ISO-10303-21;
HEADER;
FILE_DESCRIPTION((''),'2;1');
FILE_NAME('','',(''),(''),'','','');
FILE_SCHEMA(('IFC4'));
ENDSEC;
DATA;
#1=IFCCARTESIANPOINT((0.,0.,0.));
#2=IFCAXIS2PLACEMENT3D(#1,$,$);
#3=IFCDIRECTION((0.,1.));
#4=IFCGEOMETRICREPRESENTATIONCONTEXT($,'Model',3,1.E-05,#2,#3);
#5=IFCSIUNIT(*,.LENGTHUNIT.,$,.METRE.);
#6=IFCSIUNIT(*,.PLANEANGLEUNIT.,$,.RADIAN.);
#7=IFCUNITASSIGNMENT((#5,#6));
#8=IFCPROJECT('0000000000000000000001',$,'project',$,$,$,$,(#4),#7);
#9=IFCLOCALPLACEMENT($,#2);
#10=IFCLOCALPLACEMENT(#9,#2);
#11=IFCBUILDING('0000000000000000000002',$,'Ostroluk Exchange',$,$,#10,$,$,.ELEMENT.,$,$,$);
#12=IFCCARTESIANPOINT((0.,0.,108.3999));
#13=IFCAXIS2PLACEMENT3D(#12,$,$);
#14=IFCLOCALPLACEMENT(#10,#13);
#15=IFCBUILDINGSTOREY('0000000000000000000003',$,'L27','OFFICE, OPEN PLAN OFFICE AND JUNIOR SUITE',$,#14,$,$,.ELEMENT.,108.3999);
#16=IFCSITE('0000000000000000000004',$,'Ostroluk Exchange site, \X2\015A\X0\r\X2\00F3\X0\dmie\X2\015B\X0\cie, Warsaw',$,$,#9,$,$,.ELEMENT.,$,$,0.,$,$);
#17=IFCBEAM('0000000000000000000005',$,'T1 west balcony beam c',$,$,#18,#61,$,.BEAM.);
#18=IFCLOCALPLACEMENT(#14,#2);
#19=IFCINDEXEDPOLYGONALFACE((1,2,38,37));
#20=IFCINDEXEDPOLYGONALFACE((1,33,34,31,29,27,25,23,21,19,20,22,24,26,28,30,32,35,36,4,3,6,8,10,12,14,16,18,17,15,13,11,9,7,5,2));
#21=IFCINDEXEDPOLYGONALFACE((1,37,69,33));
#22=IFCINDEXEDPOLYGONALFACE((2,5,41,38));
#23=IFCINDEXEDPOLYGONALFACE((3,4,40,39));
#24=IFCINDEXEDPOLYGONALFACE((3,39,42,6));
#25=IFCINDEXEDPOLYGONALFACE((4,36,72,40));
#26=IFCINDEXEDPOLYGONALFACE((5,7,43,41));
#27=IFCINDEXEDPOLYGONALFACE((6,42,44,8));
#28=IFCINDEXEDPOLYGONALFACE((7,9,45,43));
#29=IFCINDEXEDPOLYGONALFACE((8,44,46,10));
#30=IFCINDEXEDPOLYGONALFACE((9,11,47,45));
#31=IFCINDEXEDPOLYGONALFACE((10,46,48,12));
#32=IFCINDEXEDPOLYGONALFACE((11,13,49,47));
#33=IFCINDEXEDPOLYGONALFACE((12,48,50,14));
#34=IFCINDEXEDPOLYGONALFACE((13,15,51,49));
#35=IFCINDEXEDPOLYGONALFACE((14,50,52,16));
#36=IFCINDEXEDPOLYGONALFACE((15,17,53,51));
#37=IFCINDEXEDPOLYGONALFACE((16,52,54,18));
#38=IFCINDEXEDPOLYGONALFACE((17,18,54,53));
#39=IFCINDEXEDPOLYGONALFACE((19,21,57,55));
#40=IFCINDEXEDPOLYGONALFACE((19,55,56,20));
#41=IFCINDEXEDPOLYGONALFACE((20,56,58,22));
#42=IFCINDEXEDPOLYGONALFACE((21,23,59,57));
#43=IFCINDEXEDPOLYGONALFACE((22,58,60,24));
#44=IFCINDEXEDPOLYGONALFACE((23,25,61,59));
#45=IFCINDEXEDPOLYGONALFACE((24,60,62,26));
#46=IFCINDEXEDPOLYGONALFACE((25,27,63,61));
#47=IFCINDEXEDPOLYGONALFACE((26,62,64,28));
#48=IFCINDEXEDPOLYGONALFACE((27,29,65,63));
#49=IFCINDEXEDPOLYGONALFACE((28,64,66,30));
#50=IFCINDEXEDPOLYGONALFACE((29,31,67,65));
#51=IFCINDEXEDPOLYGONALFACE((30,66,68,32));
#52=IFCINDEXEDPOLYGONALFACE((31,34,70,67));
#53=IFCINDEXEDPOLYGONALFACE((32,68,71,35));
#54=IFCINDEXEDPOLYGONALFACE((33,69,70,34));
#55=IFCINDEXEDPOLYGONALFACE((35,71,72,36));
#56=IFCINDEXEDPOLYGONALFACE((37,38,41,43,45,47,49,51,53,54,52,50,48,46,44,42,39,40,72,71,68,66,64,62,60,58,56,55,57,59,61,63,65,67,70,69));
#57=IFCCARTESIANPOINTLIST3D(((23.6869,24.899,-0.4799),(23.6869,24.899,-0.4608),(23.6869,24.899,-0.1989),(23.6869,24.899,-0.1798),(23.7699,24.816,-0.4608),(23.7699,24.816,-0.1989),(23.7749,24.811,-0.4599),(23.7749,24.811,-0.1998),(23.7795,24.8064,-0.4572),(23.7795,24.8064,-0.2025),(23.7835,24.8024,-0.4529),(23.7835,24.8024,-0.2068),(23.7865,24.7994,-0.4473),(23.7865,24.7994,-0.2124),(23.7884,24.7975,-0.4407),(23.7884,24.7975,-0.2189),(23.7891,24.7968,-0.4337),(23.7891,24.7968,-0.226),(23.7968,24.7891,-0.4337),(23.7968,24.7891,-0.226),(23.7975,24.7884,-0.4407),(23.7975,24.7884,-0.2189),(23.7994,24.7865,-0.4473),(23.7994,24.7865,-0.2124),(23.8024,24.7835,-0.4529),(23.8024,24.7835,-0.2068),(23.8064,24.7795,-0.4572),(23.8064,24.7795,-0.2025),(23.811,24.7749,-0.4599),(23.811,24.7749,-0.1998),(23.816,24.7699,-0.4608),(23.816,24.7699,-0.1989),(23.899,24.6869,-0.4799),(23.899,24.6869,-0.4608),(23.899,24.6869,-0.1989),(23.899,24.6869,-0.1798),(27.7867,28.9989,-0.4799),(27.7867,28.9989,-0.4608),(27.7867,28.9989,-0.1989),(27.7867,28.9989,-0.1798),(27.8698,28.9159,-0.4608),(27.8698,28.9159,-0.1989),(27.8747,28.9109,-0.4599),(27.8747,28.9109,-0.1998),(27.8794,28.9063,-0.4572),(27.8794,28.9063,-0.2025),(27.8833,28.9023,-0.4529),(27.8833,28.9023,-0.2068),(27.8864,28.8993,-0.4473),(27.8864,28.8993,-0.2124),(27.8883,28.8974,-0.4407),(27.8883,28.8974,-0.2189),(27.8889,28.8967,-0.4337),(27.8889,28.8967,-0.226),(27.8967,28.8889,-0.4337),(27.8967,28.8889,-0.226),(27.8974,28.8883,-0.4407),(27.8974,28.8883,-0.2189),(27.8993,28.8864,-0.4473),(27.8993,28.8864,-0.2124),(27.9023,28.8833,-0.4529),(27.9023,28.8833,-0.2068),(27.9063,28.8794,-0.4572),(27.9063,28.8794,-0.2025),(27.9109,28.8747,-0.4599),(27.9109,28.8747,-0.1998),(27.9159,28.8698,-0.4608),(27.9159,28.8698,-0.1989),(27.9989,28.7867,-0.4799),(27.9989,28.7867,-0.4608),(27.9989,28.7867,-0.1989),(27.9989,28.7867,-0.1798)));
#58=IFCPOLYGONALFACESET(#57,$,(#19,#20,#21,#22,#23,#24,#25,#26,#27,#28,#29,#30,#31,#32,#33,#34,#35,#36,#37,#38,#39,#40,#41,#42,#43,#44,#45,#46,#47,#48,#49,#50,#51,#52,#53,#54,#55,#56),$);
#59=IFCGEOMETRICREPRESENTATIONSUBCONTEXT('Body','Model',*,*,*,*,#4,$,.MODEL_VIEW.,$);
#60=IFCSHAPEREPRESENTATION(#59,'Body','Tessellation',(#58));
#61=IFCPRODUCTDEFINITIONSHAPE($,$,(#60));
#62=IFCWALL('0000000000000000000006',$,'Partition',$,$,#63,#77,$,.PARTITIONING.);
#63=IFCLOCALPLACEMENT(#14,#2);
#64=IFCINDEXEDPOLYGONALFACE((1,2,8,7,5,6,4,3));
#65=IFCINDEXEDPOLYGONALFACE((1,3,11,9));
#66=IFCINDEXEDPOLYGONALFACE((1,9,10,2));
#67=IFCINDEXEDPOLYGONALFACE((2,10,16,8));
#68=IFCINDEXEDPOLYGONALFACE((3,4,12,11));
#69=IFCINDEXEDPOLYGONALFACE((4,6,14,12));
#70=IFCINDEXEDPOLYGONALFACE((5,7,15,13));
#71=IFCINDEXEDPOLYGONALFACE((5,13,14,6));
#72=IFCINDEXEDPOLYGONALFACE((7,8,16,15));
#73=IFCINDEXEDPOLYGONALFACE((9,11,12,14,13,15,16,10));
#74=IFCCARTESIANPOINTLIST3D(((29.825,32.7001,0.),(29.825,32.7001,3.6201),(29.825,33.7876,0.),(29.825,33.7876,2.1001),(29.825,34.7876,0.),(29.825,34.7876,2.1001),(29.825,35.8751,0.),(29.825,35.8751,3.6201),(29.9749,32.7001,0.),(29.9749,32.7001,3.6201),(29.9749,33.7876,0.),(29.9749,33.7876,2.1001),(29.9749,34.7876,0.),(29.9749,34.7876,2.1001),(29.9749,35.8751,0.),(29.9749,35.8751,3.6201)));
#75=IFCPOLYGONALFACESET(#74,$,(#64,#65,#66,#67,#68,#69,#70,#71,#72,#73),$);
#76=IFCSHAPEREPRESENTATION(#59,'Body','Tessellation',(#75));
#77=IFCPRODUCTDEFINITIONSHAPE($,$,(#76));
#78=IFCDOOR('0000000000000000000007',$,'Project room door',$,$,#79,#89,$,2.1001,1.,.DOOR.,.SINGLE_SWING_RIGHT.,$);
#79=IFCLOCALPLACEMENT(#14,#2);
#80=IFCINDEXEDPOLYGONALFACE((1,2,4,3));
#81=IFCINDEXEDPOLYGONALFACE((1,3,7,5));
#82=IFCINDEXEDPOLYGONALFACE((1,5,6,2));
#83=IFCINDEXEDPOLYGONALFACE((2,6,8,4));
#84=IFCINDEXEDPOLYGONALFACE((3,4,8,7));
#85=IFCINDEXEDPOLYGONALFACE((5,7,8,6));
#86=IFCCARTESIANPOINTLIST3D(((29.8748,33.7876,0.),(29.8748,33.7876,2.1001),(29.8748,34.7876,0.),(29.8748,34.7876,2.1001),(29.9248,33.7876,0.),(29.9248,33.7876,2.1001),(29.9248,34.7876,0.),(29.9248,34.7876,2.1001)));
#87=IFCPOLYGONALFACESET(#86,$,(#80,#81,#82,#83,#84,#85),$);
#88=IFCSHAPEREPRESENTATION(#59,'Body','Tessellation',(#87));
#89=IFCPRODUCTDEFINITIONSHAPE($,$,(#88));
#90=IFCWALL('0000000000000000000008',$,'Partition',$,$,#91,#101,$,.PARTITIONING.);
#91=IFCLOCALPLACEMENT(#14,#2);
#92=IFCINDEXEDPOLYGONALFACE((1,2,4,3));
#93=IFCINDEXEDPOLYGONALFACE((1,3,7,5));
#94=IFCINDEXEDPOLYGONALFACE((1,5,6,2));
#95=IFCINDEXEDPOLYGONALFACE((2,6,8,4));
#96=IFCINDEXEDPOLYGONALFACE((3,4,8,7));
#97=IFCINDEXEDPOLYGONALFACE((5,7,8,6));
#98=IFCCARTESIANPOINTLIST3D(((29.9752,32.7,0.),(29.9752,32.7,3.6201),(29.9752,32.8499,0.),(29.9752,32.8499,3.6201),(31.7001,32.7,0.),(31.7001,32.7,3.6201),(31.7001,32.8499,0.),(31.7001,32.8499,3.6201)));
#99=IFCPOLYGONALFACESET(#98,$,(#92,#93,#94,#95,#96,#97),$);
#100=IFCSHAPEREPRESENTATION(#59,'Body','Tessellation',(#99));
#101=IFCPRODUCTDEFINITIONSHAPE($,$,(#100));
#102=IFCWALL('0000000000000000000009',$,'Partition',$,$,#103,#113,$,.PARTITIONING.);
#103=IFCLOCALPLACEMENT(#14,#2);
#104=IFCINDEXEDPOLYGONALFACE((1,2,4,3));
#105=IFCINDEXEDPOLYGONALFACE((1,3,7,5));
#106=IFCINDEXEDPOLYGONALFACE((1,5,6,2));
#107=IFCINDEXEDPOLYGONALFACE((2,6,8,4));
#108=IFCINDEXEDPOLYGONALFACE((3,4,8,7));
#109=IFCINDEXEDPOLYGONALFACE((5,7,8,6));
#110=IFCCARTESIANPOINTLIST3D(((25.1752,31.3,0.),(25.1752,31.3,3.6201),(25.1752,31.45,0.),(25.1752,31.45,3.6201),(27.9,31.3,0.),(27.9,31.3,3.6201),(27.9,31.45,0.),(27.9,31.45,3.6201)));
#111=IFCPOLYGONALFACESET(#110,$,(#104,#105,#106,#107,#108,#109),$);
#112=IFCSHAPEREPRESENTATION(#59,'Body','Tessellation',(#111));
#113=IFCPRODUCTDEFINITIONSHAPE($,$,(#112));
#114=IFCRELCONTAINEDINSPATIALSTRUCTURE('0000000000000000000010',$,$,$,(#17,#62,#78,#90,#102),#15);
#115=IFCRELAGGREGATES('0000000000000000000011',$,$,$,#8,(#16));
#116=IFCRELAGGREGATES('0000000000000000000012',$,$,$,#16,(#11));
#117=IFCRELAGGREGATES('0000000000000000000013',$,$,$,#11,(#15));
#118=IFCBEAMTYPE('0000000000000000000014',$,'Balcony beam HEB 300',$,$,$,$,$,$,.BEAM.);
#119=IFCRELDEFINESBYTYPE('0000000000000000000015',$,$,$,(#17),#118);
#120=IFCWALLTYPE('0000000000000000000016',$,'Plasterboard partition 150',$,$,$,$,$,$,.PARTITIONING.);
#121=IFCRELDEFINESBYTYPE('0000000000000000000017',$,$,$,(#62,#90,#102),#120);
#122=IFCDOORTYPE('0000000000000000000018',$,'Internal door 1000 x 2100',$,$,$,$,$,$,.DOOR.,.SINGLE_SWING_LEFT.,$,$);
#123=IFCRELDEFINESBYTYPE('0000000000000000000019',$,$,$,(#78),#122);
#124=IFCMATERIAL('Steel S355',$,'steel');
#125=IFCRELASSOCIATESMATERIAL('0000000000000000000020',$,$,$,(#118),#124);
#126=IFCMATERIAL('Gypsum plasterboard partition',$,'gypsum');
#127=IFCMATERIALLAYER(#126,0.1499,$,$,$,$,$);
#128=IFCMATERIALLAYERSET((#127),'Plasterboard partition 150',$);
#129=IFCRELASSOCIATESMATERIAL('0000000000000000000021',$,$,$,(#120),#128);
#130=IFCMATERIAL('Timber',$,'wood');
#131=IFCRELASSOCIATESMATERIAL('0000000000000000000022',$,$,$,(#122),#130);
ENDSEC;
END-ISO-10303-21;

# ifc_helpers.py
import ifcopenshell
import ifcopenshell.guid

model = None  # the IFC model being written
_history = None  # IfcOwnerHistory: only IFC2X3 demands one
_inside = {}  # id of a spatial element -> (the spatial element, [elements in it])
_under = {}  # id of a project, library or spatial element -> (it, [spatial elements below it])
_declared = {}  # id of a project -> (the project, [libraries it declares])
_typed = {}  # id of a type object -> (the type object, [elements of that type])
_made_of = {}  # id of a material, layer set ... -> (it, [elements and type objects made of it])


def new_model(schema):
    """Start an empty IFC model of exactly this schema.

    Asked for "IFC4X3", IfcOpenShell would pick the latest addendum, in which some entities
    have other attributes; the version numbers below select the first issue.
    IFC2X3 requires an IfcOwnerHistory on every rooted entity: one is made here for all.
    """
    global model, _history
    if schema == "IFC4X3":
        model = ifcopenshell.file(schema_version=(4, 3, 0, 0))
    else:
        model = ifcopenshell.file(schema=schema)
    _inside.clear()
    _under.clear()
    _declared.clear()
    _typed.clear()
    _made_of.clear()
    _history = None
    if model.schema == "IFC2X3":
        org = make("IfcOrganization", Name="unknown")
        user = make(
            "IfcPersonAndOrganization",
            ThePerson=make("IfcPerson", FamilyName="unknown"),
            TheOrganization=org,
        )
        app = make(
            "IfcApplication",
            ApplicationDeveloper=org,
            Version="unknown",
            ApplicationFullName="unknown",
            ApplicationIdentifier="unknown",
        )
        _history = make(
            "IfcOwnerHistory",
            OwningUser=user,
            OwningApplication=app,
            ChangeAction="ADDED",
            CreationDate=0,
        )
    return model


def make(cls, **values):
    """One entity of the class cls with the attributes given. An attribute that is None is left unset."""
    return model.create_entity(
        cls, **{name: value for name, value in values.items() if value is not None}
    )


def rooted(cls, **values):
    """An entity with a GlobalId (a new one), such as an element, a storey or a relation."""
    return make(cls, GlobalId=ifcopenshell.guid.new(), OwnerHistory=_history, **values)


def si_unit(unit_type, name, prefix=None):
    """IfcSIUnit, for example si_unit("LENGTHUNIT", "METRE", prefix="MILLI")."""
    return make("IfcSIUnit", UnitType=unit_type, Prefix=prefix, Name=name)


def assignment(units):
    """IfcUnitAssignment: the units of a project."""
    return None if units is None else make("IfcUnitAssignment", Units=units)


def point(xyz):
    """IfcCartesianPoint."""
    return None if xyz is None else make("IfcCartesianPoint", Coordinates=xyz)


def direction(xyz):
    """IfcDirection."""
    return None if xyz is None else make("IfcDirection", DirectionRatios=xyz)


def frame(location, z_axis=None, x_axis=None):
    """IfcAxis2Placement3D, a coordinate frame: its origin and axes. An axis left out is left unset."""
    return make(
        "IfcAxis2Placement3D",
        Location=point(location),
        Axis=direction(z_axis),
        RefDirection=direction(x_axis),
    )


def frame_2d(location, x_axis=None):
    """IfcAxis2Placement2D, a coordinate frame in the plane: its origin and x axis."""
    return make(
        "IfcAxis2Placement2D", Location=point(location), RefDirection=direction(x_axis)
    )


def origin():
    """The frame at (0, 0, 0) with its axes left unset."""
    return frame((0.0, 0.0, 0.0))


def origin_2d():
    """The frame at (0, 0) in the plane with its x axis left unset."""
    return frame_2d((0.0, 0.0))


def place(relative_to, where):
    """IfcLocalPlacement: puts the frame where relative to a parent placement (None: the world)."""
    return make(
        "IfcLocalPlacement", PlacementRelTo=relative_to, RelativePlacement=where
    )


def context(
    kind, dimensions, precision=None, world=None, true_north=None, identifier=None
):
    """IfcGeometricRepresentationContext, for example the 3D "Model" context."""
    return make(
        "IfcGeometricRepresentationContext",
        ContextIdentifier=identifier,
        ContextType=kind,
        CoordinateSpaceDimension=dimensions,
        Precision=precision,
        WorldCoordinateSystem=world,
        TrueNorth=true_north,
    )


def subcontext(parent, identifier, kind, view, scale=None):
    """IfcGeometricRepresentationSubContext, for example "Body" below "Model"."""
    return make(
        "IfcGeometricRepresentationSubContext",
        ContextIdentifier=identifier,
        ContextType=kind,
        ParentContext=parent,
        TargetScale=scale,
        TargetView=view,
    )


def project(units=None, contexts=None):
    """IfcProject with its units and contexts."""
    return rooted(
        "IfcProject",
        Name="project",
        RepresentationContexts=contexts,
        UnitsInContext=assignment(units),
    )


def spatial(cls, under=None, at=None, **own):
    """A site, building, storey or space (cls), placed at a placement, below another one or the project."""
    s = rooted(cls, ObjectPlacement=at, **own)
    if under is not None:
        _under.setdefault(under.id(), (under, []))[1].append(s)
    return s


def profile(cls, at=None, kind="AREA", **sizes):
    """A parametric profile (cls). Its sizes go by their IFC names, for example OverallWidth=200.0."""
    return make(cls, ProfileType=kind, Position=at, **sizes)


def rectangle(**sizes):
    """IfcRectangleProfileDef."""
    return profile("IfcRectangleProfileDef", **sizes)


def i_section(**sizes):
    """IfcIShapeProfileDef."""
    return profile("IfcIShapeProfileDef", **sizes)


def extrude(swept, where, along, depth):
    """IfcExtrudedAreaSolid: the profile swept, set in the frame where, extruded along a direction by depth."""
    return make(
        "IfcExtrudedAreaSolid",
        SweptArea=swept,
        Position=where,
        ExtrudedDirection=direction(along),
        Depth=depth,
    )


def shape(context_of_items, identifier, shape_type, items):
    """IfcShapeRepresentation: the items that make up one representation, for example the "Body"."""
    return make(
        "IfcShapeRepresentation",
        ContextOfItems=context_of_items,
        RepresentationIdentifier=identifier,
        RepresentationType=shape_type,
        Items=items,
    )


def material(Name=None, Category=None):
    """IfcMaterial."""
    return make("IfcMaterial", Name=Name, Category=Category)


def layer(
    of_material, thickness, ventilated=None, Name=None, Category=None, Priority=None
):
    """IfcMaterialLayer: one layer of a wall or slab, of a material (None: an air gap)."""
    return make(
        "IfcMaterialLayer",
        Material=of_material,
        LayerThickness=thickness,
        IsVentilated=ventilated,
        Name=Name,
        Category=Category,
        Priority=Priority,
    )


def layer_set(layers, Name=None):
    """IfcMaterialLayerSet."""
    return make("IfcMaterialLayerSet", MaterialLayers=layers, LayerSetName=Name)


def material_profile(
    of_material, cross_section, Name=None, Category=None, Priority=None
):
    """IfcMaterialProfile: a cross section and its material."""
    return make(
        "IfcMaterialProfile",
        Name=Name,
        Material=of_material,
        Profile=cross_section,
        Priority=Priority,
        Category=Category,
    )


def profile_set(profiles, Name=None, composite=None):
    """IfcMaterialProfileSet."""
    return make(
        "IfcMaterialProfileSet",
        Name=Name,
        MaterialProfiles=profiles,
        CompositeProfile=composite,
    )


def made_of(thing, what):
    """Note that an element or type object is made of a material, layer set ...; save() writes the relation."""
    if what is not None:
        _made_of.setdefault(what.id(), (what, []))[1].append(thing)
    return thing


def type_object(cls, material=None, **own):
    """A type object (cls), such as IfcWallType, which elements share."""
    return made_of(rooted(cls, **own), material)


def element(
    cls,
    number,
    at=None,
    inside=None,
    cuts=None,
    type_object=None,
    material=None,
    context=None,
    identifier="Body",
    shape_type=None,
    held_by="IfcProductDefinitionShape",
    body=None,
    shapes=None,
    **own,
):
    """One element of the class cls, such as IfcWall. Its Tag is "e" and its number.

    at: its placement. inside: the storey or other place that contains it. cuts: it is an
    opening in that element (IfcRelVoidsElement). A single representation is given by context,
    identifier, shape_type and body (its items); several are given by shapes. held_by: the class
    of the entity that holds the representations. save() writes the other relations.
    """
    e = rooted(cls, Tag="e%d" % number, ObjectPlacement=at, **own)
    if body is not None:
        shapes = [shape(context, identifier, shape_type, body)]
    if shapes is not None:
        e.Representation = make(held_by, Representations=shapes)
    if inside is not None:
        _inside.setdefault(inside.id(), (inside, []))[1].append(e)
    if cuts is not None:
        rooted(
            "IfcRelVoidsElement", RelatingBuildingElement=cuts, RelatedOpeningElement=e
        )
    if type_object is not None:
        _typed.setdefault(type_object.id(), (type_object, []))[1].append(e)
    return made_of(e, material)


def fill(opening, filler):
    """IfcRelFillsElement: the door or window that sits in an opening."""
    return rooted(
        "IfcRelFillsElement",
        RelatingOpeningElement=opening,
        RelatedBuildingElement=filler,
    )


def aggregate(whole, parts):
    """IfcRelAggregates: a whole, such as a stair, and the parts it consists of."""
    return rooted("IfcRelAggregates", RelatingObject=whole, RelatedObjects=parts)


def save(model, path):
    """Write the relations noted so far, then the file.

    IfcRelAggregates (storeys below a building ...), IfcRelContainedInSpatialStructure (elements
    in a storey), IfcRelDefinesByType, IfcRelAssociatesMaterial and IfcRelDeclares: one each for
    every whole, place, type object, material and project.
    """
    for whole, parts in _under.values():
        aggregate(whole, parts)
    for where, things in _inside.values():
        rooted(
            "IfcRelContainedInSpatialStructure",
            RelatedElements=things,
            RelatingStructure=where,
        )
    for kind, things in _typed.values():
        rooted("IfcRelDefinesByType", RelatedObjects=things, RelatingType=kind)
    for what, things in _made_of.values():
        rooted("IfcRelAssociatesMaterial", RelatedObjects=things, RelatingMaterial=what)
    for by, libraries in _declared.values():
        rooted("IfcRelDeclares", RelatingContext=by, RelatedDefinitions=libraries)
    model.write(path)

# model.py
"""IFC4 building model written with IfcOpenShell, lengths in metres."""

from ifc_helpers import new_model, si_unit, direction, frame, frame_2d, origin, origin_2d, place, context, subcontext, project, spatial, rectangle, i_section, extrude, material, layer, layer_set, material_profile, profile_set, type_object, element, fill, save


model = new_model("IFC4")

# Units and contexts
model_context = context("Model", 3, precision=1e-05, world=origin(), true_north=direction((0.0, 1.0)))
body_context = subcontext(model_context, "Body", "Model", "MODEL_VIEW")
ifc_project = project(units=[si_unit("LENGTHUNIT", "METRE"), si_unit("PLANEANGLEUNIT", "RADIAN")], contexts=[model_context])

# Site, building, storey
site_placement = place(None, origin())
site = spatial("IfcSite", under=ifc_project, at=site_placement, Name="Ostroluk Exchange site, Śródmieście, Warsaw", CompositionType="ELEMENT", RefElevation=0.0)
building_placement = place(site_placement, origin())
building = spatial("IfcBuilding", under=site, at=building_placement, Name="Ostroluk Exchange", CompositionType="ELEMENT")
storey_placement = place(building_placement, frame((0.0, 0.0, 108.3999)))
storey = spatial("IfcBuildingStorey", under=building, at=storey_placement, Name="L27", Description="OFFICE, OPEN PLAN OFFICE AND JUNIOR SUITE", CompositionType="ELEMENT", Elevation=108.3999)

# Beam
ifc_material_1 = material(Name="Steel S355", Category="steel")
ifc_material_profile = material_profile(ifc_material_1, i_section(OverallWidth=0.3, OverallDepth=0.3, WebThickness=0.011, FlangeThickness=0.019, FilletRadius=0.0271, at=origin_2d()), Name="HEB 300")
ifc_profile_set = profile_set([ifc_material_profile], Name="Steel S355")
beam_type = type_object("IfcBeamType", Name="Balcony beam HEB 300", PredefinedType="BEAM", material=ifc_profile_set)
beam_placement = place(storey_placement, frame((27.8928, 28.8928, -0.3298), z_axis=(-0.707107, -0.707107, 0.0), x_axis=(0.707107, -0.707107, 0.0)))
element("IfcBeam", 1, at=beam_placement, inside=storey, type_object=beam_type, Name="T1 west balcony beam c", PredefinedType="BEAM", context=body_context, shape_type="SweptSolid", body=[
    extrude(i_section(OverallWidth=0.3, OverallDepth=0.3, WebThickness=0.011, FlangeThickness=0.019, FilletRadius=0.0271, at=origin_2d()), origin(), (0.0, 0.0, 1.0), 5.7981),
])

# Wall, opening, door
ifc_material_2 = material(Name="Gypsum plasterboard partition", Category="gypsum")
ifc_layer = layer(ifc_material_2, 0.1499)
ifc_layer_set = layer_set([ifc_layer], Name="Plasterboard partition 150")
wall_type = type_object("IfcWallType", Name="Plasterboard partition 150", PredefinedType="PARTITIONING", material=ifc_layer_set)
wall_1_placement = place(storey_placement, frame((29.8999, 35.875, 0.0), z_axis=(0.0, 0.0, 1.0), x_axis=(0.0, -1.0, 0.0)))
wall_1 = element("IfcWall", 2, at=wall_1_placement, inside=storey, type_object=wall_type, Name="Partition", PredefinedType="PARTITIONING", context=body_context, shape_type="SweptSolid", body=[
    extrude(rectangle(XDim=3.175, YDim=0.1499, at=frame_2d((1.5874, 0.0))), origin(), (0.0, 0.0, 1.0), 3.6201),
])
opening_1_placement = place(wall_1_placement, frame((1.0874, 0.0, 0.0)))
opening_1 = element("IfcOpeningElement", 3, at=opening_1_placement, cuts=wall_1, PredefinedType="OPENING", context=body_context, shape_type="SweptSolid", body=[
    extrude(rectangle(XDim=1.0, YDim=2.1001, at=frame_2d((0.5, 1.05))), frame((0.0, 0.085, 0.0), z_axis=(0.0, -1.0, 0.0), x_axis=(1.0, 0.0, 0.0)), (0.0, 0.0, 1.0), 0.1699),
])
ifc_material_3 = material(Name="Timber", Category="wood")
door_type = type_object("IfcDoorType", Name="Internal door 1000 x 2100", OperationType="SINGLE_SWING_LEFT", PredefinedType="DOOR", material=ifc_material_3)
door_1_placement = place(opening_1_placement, origin())
door_1 = element("IfcDoor", 4, at=door_1_placement, inside=storey, type_object=door_type, Name="Project room door", OperationType="SINGLE_SWING_RIGHT", OverallHeight=2.1001, OverallWidth=1.0, PredefinedType="DOOR", context=body_context, shape_type="SweptSolid", body=[
    extrude(rectangle(XDim=1.0, YDim=2.1001, at=frame_2d((0.5, 1.05))), frame((0.0, 0.0249, 0.0), z_axis=(0.0, -1.0, 0.0), x_axis=(1.0, 0.0, 0.0)), (0.0, 0.0, 1.0), 0.05),
])
fill(opening_1, door_1)

# Walls
wall_2_placement = place(storey_placement, frame((31.7, 32.7749, 0.0), z_axis=(0.0, 0.0, 1.0), x_axis=(-1.0, 0.0, 0.0)))
element("IfcWall", 5, at=wall_2_placement, inside=storey, type_object=wall_type, Name="Partition", PredefinedType="PARTITIONING", context=body_context, shape_type="SweptSolid", body=[
    extrude(rectangle(XDim=1.7249, YDim=0.1499, at=frame_2d((0.8623, 0.0))), origin(), (0.0, 0.0, 1.0), 3.6201),
])
wall_3_placement = place(storey_placement, frame((27.8999, 31.375, 0.0), z_axis=(0.0, 0.0, 1.0), x_axis=(-1.0, 0.0, 0.0)))
element("IfcWall", 6, at=wall_3_placement, inside=storey, type_object=wall_type, Name="Partition", PredefinedType="PARTITIONING", context=body_context, shape_type="SweptSolid", body=[
    extrude(rectangle(XDim=2.7249, YDim=0.1499, at=frame_2d((1.3623, 0.0))), origin(), (0.0, 0.0, 1.0), 3.6201),
])

save(model, "model.ifc")
